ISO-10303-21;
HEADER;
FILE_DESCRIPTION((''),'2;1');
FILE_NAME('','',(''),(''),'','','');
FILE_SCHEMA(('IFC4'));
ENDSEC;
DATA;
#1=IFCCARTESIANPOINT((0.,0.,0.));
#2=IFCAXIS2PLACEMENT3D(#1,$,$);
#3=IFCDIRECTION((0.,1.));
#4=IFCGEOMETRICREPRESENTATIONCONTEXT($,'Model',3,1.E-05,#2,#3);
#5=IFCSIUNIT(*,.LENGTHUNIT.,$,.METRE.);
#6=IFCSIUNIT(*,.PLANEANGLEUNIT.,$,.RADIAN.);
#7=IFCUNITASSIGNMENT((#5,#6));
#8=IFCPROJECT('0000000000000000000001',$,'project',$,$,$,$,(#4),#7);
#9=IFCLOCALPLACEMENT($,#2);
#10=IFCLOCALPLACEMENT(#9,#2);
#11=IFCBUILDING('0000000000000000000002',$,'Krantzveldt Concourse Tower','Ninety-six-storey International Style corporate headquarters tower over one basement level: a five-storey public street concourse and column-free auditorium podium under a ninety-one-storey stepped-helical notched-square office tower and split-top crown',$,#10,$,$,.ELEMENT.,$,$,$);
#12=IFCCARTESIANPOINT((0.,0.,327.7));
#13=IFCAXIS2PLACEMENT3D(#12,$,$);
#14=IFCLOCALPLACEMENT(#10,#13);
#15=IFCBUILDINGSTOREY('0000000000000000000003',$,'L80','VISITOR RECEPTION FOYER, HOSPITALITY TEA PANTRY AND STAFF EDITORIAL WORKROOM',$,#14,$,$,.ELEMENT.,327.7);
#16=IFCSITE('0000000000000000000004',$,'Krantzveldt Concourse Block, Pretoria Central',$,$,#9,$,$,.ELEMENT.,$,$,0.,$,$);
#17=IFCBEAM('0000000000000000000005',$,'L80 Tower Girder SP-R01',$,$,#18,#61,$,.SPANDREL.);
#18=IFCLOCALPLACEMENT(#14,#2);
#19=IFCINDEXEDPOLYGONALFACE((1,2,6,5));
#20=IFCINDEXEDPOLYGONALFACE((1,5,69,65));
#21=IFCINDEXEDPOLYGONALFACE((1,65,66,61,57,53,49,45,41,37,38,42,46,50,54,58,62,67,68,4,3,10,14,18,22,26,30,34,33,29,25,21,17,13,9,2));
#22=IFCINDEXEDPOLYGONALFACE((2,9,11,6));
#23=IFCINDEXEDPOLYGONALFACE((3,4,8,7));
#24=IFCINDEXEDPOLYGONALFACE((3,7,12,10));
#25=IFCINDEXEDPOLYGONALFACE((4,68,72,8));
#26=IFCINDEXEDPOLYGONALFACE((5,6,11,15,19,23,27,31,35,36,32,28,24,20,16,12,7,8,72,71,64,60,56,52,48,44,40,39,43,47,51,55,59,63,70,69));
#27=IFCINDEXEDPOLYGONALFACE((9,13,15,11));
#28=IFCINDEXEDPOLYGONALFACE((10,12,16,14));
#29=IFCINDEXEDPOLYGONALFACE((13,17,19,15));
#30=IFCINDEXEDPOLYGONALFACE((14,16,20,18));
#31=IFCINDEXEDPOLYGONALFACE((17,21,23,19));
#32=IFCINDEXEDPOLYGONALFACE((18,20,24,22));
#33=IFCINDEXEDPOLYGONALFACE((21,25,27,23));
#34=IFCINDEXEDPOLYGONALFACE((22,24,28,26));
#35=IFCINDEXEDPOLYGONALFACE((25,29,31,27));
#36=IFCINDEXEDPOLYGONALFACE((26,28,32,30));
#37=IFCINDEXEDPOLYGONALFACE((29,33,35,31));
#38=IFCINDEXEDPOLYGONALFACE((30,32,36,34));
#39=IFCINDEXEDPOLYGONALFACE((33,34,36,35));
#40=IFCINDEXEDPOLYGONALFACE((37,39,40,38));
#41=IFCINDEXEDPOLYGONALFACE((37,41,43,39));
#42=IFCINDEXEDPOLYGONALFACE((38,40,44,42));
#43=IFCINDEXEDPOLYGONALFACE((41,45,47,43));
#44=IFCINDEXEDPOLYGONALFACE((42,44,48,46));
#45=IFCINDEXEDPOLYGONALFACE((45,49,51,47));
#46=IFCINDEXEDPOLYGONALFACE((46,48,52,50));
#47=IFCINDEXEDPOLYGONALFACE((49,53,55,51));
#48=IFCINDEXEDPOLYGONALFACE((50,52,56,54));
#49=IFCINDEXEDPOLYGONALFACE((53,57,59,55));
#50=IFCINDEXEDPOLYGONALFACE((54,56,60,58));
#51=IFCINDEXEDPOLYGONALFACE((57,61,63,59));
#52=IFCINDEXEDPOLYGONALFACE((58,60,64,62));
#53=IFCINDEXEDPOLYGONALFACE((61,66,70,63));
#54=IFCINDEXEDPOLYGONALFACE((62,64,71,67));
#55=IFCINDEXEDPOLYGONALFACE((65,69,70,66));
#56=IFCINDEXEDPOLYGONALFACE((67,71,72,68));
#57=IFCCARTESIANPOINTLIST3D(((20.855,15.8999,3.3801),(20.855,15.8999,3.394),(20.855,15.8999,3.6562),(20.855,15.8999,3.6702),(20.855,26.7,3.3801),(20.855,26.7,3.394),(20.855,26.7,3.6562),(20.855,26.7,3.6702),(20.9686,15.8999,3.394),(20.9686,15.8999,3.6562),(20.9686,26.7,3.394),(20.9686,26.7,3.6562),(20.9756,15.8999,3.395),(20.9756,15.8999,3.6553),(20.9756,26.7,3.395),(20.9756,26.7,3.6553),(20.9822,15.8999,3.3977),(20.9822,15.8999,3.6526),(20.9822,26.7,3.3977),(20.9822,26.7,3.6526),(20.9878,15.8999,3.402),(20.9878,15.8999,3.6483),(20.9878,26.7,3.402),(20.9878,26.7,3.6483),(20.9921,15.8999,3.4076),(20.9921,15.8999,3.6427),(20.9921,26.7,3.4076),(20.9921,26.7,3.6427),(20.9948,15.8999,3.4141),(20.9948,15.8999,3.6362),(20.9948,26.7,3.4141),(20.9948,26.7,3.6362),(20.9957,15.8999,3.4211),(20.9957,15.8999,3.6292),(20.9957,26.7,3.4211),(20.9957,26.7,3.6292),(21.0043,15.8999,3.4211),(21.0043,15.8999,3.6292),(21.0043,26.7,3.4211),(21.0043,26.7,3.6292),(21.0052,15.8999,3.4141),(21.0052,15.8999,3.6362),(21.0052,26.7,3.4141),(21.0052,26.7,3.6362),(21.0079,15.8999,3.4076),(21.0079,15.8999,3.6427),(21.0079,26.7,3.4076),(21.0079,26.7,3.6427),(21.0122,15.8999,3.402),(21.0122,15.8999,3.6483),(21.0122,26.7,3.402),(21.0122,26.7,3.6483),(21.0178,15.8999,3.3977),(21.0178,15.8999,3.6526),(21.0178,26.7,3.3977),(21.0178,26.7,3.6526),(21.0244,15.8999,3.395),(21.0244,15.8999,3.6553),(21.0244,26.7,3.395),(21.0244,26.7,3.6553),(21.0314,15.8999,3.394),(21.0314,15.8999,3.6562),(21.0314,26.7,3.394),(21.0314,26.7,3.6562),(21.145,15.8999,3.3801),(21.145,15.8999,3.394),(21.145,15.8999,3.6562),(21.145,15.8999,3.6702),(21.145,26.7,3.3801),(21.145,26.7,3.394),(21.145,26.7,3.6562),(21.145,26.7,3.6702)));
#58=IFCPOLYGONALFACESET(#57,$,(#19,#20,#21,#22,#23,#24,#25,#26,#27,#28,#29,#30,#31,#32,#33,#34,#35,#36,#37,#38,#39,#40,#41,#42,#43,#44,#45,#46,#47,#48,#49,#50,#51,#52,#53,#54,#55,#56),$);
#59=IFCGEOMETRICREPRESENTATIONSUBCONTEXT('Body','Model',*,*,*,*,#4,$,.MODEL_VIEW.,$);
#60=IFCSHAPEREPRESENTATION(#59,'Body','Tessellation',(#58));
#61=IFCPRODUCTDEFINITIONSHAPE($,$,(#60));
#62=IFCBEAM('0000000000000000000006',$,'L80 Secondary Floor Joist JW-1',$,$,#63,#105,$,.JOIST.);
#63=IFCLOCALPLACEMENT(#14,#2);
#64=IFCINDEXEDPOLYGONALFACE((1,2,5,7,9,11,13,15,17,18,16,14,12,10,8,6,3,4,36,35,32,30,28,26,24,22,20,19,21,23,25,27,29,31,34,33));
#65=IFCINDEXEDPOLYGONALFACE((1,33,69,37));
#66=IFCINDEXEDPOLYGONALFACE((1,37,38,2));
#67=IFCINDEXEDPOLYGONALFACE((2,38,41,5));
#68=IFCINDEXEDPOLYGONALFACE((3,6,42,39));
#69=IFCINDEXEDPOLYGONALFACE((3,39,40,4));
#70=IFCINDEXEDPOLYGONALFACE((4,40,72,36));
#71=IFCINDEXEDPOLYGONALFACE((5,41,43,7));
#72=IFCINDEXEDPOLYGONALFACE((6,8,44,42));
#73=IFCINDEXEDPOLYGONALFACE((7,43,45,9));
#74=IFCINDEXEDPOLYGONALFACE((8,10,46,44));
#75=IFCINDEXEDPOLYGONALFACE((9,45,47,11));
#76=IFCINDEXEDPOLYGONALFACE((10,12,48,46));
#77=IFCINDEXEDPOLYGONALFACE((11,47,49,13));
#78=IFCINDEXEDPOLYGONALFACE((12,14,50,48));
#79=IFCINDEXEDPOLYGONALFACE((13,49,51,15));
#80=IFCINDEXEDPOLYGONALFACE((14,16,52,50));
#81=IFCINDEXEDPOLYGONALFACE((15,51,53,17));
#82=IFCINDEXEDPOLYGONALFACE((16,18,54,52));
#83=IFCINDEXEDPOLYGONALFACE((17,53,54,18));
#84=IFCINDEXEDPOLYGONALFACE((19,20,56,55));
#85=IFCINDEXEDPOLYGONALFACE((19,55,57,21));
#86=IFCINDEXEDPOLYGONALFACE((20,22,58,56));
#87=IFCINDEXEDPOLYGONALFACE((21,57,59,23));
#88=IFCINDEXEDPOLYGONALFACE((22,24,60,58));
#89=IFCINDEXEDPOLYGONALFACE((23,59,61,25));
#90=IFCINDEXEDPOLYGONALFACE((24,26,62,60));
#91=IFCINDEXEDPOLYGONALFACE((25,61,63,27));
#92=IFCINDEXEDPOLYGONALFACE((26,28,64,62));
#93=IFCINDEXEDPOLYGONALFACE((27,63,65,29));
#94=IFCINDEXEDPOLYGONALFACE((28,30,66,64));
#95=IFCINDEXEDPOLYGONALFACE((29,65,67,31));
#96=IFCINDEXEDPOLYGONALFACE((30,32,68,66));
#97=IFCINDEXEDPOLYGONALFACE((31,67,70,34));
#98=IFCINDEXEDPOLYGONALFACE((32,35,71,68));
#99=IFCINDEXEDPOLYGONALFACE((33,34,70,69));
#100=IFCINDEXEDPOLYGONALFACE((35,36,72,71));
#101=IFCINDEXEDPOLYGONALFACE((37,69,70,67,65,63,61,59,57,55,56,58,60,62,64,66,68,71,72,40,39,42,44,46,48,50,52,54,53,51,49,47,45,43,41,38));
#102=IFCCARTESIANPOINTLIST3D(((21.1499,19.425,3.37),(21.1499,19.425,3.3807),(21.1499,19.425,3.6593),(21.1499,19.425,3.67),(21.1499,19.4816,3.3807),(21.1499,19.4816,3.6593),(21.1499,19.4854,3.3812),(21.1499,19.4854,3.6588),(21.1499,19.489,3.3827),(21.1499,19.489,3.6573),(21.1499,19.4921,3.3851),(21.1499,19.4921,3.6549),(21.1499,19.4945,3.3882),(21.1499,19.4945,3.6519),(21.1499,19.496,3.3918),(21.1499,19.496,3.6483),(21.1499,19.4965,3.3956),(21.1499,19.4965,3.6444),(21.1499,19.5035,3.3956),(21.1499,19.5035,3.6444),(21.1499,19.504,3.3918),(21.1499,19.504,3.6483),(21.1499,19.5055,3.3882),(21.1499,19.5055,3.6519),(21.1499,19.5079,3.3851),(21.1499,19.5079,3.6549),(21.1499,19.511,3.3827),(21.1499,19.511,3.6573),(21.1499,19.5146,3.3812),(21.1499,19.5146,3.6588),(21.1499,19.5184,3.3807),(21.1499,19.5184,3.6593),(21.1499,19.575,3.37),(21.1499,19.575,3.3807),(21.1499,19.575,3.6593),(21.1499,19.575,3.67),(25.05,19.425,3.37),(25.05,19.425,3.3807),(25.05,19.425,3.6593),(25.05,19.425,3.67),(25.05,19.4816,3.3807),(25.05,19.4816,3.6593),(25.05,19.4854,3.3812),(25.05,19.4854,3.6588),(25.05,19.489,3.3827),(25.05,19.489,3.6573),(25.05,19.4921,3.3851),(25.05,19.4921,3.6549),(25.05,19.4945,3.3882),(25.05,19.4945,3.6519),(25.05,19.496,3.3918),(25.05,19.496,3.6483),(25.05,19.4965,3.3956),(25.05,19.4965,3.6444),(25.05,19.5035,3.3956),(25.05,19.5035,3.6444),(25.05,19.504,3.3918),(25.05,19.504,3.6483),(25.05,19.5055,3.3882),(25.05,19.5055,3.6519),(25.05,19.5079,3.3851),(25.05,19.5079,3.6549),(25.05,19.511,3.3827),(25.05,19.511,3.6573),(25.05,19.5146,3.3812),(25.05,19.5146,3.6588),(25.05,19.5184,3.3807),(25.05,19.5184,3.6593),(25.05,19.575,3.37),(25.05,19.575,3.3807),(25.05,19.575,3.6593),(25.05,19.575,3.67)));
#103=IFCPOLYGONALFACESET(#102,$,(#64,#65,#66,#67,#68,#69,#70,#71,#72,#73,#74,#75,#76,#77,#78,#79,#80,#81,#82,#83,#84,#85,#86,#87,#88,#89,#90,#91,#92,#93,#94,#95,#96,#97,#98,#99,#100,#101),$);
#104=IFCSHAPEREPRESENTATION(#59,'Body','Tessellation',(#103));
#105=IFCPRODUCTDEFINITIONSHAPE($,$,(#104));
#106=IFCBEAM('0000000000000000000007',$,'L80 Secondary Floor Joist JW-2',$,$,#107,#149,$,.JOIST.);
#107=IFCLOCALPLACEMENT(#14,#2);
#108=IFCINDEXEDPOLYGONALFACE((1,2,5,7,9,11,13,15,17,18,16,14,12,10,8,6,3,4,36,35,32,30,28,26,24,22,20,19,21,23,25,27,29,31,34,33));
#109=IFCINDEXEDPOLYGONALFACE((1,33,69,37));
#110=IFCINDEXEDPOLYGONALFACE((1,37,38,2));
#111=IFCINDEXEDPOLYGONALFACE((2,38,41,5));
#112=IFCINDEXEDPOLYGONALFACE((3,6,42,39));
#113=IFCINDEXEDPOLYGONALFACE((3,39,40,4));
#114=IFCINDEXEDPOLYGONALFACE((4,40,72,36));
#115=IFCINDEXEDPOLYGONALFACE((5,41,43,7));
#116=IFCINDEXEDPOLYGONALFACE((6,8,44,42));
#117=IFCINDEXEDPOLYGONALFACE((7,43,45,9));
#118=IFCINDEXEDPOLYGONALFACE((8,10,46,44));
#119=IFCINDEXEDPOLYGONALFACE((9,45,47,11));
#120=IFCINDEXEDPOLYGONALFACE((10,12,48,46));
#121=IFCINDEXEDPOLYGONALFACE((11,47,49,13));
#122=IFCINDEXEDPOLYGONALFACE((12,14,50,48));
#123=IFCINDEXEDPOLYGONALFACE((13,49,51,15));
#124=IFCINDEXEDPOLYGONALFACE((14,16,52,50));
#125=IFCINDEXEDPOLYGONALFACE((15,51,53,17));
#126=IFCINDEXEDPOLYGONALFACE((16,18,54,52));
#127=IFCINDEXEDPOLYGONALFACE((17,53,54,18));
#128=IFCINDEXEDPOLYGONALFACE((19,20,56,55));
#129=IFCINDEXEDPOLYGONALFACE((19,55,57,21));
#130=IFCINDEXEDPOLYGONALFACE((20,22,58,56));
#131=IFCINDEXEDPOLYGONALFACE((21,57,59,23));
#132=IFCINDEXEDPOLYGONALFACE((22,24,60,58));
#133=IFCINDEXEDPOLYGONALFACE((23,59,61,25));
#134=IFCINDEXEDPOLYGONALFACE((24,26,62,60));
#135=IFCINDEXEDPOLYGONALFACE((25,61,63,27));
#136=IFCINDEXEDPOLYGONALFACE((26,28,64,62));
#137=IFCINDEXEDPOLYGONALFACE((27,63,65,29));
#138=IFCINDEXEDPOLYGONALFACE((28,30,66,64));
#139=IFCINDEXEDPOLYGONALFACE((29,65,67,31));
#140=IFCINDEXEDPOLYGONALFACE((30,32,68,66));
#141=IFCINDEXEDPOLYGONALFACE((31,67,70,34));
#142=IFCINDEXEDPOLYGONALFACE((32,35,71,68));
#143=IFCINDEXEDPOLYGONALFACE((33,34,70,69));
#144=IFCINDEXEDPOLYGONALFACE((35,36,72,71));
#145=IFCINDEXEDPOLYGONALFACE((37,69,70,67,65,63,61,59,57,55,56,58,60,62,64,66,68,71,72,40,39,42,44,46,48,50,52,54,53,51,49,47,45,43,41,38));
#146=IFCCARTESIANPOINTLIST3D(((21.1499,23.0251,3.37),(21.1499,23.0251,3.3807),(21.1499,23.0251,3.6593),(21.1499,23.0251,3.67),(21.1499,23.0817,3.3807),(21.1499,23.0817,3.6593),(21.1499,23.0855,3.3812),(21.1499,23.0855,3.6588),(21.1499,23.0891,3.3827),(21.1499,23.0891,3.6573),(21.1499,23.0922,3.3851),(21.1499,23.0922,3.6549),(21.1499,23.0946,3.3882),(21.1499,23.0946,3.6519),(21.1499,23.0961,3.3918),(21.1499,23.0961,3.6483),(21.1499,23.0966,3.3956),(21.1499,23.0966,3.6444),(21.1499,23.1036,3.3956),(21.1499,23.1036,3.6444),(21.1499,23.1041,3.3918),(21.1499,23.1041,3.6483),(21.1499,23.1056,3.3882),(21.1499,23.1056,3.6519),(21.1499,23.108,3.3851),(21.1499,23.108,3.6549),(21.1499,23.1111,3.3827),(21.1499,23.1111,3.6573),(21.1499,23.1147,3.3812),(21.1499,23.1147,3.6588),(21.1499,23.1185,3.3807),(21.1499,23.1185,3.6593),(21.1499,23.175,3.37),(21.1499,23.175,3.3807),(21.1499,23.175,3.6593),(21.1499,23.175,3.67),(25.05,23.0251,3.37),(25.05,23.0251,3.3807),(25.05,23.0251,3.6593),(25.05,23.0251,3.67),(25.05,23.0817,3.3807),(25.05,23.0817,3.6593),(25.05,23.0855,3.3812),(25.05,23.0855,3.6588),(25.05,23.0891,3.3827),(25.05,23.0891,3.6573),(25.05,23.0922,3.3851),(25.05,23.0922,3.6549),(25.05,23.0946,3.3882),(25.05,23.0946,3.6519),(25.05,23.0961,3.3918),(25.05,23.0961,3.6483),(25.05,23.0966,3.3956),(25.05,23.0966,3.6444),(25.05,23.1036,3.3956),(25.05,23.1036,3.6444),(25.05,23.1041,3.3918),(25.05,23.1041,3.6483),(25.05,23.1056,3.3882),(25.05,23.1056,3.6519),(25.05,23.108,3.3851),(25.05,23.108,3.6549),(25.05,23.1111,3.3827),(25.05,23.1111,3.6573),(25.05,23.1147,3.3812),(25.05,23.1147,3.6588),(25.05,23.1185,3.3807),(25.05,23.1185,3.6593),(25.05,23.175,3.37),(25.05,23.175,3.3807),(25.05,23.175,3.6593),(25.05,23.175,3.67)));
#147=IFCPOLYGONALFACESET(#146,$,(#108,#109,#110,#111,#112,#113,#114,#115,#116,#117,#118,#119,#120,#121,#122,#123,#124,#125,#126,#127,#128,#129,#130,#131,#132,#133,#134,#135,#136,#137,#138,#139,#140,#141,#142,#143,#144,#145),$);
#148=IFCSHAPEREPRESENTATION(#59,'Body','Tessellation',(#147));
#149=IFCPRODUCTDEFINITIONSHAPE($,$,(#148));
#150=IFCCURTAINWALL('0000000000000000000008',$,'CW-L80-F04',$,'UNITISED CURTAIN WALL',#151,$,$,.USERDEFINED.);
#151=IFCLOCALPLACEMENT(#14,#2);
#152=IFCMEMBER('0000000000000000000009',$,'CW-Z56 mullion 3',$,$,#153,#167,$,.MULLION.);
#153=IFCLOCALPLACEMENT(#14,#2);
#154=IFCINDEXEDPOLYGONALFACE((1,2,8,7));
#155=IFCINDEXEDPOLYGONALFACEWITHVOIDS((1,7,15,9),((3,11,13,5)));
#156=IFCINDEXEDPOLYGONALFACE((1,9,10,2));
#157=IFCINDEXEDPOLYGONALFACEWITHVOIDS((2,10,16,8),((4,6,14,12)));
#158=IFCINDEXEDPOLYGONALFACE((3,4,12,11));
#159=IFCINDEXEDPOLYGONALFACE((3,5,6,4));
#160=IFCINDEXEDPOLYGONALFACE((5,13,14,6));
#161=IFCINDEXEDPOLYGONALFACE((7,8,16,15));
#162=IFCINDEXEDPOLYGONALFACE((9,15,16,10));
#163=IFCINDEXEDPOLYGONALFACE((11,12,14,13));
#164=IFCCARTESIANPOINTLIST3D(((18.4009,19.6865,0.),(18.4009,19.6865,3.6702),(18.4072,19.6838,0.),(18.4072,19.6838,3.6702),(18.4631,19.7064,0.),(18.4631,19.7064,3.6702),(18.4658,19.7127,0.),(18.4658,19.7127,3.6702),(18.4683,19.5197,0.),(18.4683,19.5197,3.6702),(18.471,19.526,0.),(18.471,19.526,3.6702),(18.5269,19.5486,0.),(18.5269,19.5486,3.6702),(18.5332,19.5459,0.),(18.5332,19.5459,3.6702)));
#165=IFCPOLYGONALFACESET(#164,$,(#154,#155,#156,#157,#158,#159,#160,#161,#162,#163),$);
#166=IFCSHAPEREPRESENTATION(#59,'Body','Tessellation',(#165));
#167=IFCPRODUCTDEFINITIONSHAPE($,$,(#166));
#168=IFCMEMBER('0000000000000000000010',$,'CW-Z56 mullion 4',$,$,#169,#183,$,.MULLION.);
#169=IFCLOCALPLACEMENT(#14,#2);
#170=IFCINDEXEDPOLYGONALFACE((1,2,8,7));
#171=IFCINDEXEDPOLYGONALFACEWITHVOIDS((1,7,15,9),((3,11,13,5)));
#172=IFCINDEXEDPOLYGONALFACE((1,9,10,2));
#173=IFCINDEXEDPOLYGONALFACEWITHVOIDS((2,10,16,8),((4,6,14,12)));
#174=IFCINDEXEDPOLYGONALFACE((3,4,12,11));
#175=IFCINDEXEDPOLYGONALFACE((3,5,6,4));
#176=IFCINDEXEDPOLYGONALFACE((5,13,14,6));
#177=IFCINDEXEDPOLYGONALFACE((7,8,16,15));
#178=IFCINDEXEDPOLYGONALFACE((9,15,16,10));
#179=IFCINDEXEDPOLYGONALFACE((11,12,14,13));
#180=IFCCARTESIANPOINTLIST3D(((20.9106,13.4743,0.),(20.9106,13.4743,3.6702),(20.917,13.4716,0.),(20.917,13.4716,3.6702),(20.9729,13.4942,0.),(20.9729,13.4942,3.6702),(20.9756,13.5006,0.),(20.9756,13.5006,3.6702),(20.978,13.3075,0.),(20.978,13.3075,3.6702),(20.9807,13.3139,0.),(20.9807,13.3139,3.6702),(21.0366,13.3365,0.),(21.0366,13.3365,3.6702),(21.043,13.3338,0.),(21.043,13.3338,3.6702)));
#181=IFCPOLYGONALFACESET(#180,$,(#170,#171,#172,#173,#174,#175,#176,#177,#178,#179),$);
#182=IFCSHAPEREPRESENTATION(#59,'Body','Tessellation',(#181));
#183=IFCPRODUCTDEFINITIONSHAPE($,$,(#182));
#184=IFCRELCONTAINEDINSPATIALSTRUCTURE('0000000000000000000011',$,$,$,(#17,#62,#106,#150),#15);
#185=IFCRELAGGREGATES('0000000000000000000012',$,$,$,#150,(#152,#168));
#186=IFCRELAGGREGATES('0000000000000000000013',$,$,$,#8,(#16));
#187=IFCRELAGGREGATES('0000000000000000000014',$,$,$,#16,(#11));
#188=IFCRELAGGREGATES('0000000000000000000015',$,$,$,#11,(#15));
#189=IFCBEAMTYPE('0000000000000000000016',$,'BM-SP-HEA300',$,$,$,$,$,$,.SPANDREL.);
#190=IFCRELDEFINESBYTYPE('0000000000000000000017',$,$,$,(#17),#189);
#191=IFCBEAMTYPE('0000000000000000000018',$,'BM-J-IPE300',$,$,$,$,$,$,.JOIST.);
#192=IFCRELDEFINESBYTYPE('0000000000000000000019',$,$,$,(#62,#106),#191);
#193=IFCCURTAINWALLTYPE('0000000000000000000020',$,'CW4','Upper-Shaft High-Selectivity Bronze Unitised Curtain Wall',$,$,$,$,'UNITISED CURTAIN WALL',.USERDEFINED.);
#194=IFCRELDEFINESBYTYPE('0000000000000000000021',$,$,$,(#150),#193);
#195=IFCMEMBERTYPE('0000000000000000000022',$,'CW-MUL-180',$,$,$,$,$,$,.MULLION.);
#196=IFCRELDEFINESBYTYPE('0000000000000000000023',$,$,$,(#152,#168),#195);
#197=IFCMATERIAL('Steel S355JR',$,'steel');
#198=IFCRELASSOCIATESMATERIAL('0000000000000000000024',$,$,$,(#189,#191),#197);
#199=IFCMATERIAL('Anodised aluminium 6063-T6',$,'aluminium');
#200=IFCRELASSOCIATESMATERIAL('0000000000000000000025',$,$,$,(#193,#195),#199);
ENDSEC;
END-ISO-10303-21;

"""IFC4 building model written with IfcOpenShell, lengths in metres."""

from ifc_helpers import new_model, si_unit, direction, frame, origin, origin_2d, place, context, subcontext, project, spatial, hollow_rectangle, i_section, extrude, source, transform, mapped, material, material_profile, profile_set, type_object, type_shapes, element, aggregate, save


model = new_model("IFC4")

# Units and contexts
model_context = context("Model", 3, precision=1e-05, world=origin(), true_north=direction((0.0, 1.0)))
body_context = subcontext(model_context, "Body", "Model", "MODEL_VIEW")
ifc_project = project(units=[si_unit("LENGTHUNIT", "METRE"), si_unit("PLANEANGLEUNIT", "RADIAN")], contexts=[model_context])

# Site, building, storey
site_placement = place(None, origin())
site = spatial("IfcSite", under=ifc_project, at=site_placement, Name="Krantzveldt Concourse Block, Pretoria Central", CompositionType="ELEMENT", RefElevation=0.0)
building_placement = place(site_placement, origin())
building = spatial("IfcBuilding", under=site, at=building_placement, Name="Krantzveldt Concourse Tower", Description="Ninety-six-storey International Style corporate headquarters tower over one basement level: a five-storey public street concourse and column-free auditorium podium under a ninety-one-storey stepped-helical notched-square office tower and split-top crown", CompositionType="ELEMENT")
storey_placement = place(building_placement, frame((0.0, 0.0, 327.7)))
storey = spatial("IfcBuildingStorey", under=building, at=storey_placement, Name="L80", Description="VISITOR RECEPTION FOYER, HOSPITALITY TEA PANTRY AND STAFF EDITORIAL WORKROOM", CompositionType="ELEMENT", Elevation=327.7)

# Beams
ifc_material_1 = material(Name="Steel S355JR", Category="steel")
ifc_material_profile_1 = material_profile(ifc_material_1, i_section(OverallWidth=0.29, OverallDepth=0.29, WebThickness=0.0085, FlangeThickness=0.0139, FilletRadius=0.0271, at=origin_2d()), Name="Steel S355JR", Category="steel")
ifc_profile_set_1 = profile_set([ifc_material_profile_1], Name="Steel S355JR - HEA 300")
beam_type_1 = type_object("IfcBeamType", Name="BM-SP-HEA300", PredefinedType="SPANDREL", material=ifc_profile_set_1)
shared_shape_1 = source(origin(), body_context, "Body", "SweptSolid", [
    extrude(i_section(OverallWidth=0.29, OverallDepth=0.29, WebThickness=0.0085, FlangeThickness=0.0139, FilletRadius=0.0271, at=origin_2d()), origin(), (0.0, 0.0, 1.0), 10.8),
])
type_shapes(beam_type_1, [shared_shape_1])
beam_1_placement = place(storey_placement, frame((21.0, 15.8999, 3.5251), z_axis=(0.0, 1.0, 0.0), x_axis=(-1.0, 0.0, 0.0)))
element("IfcBeam", 1, at=beam_1_placement, inside=storey, type_object=beam_type_1, Name="L80 Tower Girder SP-R01", PredefinedType="SPANDREL", context=body_context, shape_type="MappedRepresentation", body=[
    mapped(shared_shape_1, transform((0.0, 0.0, 0.0), x_axis=(1.0, 0.0, 0.0), y_axis=(0.0, 1.0, 0.0), z_axis=(0.0, 0.0, 1.0), scale=1.0)),
])
ifc_material_profile_2 = material_profile(ifc_material_1, i_section(OverallWidth=0.1499, OverallDepth=0.3, WebThickness=0.0071, FlangeThickness=0.0107, FilletRadius=0.0149, at=origin_2d()), Name="Steel S355JR", Category="steel")
ifc_profile_set_2 = profile_set([ifc_material_profile_2], Name="Steel S355JR - IPE 300")
beam_type_2 = type_object("IfcBeamType", Name="BM-J-IPE300", PredefinedType="JOIST", material=ifc_profile_set_2)
shared_shape_2 = source(origin(), body_context, "Body", "SweptSolid", [
    extrude(i_section(OverallWidth=0.1499, OverallDepth=0.3, WebThickness=0.0071, FlangeThickness=0.0107, FilletRadius=0.0149, at=origin_2d()), origin(), (0.0, 0.0, 1.0), 3.9001),
])
type_shapes(beam_type_2, [shared_shape_2])
for number, where, z_axis, x_axis, name in (
    (2, (21.1499, 19.5, 3.52), (1.0, 0.0, 0.0), (0.0, 1.0, 0.0), "L80 Secondary Floor Joist JW-1"),
    (3, (21.1499, 23.1001, 3.52), (1.0, 0.0, 0.0), (0.0, 1.0, 0.0), "L80 Secondary Floor Joist JW-2"),
):
    element("IfcBeam", number, at=place(storey_placement, frame(where, z_axis=z_axis, x_axis=x_axis)), inside=storey, type_object=beam_type_2, Name=name, PredefinedType="JOIST", context=body_context, shape_type="MappedRepresentation", body=[
        mapped(shared_shape_2, transform((0.0, 0.0, 0.0), x_axis=(1.0, 0.0, 0.0), y_axis=(0.0, 1.0, 0.0), z_axis=(0.0, 0.0, 1.0), scale=1.0)),
    ])

# Curtain wall, members
ifc_material_2 = material(Name="Anodised aluminium 6063-T6", Category="aluminium")
curtain_wall_type = type_object("IfcCurtainWallType", Name="CW4", Description="Upper-Shaft High-Selectivity Bronze Unitised Curtain Wall", ElementType="UNITISED CURTAIN WALL", PredefinedType="USERDEFINED", material=ifc_material_2)
curtain_wall_placement = place(storey_placement, origin())
curtain_wall = element("IfcCurtainWall", 4, at=curtain_wall_placement, inside=storey, type_object=curtain_wall_type, Name="CW-L80-F04", ObjectType="UNITISED CURTAIN WALL", PredefinedType="USERDEFINED")
ifc_material_profile_3 = material_profile(ifc_material_2, hollow_rectangle(XDim=0.0701, YDim=0.1799, WallThickness=0.0049, at=origin_2d()), Name="Anodised aluminium 6063-T6", Category="aluminium")
ifc_profile_set_3 = profile_set([ifc_material_profile_3], Name="Anodised aluminium 6063-T6 - ALU-MULL 180x70x5")
member_type_1 = type_object("IfcMemberType", Name="CW-MUL-180", PredefinedType="MULLION", material=ifc_profile_set_3)
shared_shape_3 = source(origin(), body_context, "Body", "SweptSolid", [
    extrude(hollow_rectangle(XDim=0.0701, YDim=0.1799, WallThickness=0.0049, at=origin_2d()), origin(), (0.0, 0.0, 1.0), 3.6702),
])
type_shapes(member_type_1, [shared_shape_3])
member_1_placement = place(storey_placement, frame((18.467, 19.6162, 0.0), z_axis=(0.0, 0.0, 1.0), x_axis=(0.927184, 0.374607, 0.0)))
member_1 = element("IfcMember", 5, at=member_1_placement, type_object=member_type_1, Name="CW-Z56 mullion 3", PredefinedType="MULLION", context=body_context, shape_type="MappedRepresentation", body=[
    mapped(shared_shape_3, transform((0.0, 0.0, 0.0), x_axis=(1.0, 0.0, 0.0), y_axis=(0.0, 1.0, 0.0), z_axis=(0.0, 0.0, 1.0), scale=1.0)),
])
member_2_placement = place(storey_placement, frame((20.9768, 13.4041, 0.0), z_axis=(0.0, 0.0, 1.0), x_axis=(0.927184, 0.374607, 0.0)))
member_2 = element("IfcMember", 6, at=member_2_placement, type_object=member_type_1, Name="CW-Z56 mullion 4", PredefinedType="MULLION", context=body_context, shape_type="MappedRepresentation", body=[
    mapped(shared_shape_3, transform((0.0, 0.0, 0.0), x_axis=(1.0, 0.0, 0.0), y_axis=(0.0, 1.0, 0.0), z_axis=(0.0, 0.0, 1.0), scale=1.0)),
])

aggregate(curtain_wall, [member_1, member_2])

save(model, "model.ifc")
